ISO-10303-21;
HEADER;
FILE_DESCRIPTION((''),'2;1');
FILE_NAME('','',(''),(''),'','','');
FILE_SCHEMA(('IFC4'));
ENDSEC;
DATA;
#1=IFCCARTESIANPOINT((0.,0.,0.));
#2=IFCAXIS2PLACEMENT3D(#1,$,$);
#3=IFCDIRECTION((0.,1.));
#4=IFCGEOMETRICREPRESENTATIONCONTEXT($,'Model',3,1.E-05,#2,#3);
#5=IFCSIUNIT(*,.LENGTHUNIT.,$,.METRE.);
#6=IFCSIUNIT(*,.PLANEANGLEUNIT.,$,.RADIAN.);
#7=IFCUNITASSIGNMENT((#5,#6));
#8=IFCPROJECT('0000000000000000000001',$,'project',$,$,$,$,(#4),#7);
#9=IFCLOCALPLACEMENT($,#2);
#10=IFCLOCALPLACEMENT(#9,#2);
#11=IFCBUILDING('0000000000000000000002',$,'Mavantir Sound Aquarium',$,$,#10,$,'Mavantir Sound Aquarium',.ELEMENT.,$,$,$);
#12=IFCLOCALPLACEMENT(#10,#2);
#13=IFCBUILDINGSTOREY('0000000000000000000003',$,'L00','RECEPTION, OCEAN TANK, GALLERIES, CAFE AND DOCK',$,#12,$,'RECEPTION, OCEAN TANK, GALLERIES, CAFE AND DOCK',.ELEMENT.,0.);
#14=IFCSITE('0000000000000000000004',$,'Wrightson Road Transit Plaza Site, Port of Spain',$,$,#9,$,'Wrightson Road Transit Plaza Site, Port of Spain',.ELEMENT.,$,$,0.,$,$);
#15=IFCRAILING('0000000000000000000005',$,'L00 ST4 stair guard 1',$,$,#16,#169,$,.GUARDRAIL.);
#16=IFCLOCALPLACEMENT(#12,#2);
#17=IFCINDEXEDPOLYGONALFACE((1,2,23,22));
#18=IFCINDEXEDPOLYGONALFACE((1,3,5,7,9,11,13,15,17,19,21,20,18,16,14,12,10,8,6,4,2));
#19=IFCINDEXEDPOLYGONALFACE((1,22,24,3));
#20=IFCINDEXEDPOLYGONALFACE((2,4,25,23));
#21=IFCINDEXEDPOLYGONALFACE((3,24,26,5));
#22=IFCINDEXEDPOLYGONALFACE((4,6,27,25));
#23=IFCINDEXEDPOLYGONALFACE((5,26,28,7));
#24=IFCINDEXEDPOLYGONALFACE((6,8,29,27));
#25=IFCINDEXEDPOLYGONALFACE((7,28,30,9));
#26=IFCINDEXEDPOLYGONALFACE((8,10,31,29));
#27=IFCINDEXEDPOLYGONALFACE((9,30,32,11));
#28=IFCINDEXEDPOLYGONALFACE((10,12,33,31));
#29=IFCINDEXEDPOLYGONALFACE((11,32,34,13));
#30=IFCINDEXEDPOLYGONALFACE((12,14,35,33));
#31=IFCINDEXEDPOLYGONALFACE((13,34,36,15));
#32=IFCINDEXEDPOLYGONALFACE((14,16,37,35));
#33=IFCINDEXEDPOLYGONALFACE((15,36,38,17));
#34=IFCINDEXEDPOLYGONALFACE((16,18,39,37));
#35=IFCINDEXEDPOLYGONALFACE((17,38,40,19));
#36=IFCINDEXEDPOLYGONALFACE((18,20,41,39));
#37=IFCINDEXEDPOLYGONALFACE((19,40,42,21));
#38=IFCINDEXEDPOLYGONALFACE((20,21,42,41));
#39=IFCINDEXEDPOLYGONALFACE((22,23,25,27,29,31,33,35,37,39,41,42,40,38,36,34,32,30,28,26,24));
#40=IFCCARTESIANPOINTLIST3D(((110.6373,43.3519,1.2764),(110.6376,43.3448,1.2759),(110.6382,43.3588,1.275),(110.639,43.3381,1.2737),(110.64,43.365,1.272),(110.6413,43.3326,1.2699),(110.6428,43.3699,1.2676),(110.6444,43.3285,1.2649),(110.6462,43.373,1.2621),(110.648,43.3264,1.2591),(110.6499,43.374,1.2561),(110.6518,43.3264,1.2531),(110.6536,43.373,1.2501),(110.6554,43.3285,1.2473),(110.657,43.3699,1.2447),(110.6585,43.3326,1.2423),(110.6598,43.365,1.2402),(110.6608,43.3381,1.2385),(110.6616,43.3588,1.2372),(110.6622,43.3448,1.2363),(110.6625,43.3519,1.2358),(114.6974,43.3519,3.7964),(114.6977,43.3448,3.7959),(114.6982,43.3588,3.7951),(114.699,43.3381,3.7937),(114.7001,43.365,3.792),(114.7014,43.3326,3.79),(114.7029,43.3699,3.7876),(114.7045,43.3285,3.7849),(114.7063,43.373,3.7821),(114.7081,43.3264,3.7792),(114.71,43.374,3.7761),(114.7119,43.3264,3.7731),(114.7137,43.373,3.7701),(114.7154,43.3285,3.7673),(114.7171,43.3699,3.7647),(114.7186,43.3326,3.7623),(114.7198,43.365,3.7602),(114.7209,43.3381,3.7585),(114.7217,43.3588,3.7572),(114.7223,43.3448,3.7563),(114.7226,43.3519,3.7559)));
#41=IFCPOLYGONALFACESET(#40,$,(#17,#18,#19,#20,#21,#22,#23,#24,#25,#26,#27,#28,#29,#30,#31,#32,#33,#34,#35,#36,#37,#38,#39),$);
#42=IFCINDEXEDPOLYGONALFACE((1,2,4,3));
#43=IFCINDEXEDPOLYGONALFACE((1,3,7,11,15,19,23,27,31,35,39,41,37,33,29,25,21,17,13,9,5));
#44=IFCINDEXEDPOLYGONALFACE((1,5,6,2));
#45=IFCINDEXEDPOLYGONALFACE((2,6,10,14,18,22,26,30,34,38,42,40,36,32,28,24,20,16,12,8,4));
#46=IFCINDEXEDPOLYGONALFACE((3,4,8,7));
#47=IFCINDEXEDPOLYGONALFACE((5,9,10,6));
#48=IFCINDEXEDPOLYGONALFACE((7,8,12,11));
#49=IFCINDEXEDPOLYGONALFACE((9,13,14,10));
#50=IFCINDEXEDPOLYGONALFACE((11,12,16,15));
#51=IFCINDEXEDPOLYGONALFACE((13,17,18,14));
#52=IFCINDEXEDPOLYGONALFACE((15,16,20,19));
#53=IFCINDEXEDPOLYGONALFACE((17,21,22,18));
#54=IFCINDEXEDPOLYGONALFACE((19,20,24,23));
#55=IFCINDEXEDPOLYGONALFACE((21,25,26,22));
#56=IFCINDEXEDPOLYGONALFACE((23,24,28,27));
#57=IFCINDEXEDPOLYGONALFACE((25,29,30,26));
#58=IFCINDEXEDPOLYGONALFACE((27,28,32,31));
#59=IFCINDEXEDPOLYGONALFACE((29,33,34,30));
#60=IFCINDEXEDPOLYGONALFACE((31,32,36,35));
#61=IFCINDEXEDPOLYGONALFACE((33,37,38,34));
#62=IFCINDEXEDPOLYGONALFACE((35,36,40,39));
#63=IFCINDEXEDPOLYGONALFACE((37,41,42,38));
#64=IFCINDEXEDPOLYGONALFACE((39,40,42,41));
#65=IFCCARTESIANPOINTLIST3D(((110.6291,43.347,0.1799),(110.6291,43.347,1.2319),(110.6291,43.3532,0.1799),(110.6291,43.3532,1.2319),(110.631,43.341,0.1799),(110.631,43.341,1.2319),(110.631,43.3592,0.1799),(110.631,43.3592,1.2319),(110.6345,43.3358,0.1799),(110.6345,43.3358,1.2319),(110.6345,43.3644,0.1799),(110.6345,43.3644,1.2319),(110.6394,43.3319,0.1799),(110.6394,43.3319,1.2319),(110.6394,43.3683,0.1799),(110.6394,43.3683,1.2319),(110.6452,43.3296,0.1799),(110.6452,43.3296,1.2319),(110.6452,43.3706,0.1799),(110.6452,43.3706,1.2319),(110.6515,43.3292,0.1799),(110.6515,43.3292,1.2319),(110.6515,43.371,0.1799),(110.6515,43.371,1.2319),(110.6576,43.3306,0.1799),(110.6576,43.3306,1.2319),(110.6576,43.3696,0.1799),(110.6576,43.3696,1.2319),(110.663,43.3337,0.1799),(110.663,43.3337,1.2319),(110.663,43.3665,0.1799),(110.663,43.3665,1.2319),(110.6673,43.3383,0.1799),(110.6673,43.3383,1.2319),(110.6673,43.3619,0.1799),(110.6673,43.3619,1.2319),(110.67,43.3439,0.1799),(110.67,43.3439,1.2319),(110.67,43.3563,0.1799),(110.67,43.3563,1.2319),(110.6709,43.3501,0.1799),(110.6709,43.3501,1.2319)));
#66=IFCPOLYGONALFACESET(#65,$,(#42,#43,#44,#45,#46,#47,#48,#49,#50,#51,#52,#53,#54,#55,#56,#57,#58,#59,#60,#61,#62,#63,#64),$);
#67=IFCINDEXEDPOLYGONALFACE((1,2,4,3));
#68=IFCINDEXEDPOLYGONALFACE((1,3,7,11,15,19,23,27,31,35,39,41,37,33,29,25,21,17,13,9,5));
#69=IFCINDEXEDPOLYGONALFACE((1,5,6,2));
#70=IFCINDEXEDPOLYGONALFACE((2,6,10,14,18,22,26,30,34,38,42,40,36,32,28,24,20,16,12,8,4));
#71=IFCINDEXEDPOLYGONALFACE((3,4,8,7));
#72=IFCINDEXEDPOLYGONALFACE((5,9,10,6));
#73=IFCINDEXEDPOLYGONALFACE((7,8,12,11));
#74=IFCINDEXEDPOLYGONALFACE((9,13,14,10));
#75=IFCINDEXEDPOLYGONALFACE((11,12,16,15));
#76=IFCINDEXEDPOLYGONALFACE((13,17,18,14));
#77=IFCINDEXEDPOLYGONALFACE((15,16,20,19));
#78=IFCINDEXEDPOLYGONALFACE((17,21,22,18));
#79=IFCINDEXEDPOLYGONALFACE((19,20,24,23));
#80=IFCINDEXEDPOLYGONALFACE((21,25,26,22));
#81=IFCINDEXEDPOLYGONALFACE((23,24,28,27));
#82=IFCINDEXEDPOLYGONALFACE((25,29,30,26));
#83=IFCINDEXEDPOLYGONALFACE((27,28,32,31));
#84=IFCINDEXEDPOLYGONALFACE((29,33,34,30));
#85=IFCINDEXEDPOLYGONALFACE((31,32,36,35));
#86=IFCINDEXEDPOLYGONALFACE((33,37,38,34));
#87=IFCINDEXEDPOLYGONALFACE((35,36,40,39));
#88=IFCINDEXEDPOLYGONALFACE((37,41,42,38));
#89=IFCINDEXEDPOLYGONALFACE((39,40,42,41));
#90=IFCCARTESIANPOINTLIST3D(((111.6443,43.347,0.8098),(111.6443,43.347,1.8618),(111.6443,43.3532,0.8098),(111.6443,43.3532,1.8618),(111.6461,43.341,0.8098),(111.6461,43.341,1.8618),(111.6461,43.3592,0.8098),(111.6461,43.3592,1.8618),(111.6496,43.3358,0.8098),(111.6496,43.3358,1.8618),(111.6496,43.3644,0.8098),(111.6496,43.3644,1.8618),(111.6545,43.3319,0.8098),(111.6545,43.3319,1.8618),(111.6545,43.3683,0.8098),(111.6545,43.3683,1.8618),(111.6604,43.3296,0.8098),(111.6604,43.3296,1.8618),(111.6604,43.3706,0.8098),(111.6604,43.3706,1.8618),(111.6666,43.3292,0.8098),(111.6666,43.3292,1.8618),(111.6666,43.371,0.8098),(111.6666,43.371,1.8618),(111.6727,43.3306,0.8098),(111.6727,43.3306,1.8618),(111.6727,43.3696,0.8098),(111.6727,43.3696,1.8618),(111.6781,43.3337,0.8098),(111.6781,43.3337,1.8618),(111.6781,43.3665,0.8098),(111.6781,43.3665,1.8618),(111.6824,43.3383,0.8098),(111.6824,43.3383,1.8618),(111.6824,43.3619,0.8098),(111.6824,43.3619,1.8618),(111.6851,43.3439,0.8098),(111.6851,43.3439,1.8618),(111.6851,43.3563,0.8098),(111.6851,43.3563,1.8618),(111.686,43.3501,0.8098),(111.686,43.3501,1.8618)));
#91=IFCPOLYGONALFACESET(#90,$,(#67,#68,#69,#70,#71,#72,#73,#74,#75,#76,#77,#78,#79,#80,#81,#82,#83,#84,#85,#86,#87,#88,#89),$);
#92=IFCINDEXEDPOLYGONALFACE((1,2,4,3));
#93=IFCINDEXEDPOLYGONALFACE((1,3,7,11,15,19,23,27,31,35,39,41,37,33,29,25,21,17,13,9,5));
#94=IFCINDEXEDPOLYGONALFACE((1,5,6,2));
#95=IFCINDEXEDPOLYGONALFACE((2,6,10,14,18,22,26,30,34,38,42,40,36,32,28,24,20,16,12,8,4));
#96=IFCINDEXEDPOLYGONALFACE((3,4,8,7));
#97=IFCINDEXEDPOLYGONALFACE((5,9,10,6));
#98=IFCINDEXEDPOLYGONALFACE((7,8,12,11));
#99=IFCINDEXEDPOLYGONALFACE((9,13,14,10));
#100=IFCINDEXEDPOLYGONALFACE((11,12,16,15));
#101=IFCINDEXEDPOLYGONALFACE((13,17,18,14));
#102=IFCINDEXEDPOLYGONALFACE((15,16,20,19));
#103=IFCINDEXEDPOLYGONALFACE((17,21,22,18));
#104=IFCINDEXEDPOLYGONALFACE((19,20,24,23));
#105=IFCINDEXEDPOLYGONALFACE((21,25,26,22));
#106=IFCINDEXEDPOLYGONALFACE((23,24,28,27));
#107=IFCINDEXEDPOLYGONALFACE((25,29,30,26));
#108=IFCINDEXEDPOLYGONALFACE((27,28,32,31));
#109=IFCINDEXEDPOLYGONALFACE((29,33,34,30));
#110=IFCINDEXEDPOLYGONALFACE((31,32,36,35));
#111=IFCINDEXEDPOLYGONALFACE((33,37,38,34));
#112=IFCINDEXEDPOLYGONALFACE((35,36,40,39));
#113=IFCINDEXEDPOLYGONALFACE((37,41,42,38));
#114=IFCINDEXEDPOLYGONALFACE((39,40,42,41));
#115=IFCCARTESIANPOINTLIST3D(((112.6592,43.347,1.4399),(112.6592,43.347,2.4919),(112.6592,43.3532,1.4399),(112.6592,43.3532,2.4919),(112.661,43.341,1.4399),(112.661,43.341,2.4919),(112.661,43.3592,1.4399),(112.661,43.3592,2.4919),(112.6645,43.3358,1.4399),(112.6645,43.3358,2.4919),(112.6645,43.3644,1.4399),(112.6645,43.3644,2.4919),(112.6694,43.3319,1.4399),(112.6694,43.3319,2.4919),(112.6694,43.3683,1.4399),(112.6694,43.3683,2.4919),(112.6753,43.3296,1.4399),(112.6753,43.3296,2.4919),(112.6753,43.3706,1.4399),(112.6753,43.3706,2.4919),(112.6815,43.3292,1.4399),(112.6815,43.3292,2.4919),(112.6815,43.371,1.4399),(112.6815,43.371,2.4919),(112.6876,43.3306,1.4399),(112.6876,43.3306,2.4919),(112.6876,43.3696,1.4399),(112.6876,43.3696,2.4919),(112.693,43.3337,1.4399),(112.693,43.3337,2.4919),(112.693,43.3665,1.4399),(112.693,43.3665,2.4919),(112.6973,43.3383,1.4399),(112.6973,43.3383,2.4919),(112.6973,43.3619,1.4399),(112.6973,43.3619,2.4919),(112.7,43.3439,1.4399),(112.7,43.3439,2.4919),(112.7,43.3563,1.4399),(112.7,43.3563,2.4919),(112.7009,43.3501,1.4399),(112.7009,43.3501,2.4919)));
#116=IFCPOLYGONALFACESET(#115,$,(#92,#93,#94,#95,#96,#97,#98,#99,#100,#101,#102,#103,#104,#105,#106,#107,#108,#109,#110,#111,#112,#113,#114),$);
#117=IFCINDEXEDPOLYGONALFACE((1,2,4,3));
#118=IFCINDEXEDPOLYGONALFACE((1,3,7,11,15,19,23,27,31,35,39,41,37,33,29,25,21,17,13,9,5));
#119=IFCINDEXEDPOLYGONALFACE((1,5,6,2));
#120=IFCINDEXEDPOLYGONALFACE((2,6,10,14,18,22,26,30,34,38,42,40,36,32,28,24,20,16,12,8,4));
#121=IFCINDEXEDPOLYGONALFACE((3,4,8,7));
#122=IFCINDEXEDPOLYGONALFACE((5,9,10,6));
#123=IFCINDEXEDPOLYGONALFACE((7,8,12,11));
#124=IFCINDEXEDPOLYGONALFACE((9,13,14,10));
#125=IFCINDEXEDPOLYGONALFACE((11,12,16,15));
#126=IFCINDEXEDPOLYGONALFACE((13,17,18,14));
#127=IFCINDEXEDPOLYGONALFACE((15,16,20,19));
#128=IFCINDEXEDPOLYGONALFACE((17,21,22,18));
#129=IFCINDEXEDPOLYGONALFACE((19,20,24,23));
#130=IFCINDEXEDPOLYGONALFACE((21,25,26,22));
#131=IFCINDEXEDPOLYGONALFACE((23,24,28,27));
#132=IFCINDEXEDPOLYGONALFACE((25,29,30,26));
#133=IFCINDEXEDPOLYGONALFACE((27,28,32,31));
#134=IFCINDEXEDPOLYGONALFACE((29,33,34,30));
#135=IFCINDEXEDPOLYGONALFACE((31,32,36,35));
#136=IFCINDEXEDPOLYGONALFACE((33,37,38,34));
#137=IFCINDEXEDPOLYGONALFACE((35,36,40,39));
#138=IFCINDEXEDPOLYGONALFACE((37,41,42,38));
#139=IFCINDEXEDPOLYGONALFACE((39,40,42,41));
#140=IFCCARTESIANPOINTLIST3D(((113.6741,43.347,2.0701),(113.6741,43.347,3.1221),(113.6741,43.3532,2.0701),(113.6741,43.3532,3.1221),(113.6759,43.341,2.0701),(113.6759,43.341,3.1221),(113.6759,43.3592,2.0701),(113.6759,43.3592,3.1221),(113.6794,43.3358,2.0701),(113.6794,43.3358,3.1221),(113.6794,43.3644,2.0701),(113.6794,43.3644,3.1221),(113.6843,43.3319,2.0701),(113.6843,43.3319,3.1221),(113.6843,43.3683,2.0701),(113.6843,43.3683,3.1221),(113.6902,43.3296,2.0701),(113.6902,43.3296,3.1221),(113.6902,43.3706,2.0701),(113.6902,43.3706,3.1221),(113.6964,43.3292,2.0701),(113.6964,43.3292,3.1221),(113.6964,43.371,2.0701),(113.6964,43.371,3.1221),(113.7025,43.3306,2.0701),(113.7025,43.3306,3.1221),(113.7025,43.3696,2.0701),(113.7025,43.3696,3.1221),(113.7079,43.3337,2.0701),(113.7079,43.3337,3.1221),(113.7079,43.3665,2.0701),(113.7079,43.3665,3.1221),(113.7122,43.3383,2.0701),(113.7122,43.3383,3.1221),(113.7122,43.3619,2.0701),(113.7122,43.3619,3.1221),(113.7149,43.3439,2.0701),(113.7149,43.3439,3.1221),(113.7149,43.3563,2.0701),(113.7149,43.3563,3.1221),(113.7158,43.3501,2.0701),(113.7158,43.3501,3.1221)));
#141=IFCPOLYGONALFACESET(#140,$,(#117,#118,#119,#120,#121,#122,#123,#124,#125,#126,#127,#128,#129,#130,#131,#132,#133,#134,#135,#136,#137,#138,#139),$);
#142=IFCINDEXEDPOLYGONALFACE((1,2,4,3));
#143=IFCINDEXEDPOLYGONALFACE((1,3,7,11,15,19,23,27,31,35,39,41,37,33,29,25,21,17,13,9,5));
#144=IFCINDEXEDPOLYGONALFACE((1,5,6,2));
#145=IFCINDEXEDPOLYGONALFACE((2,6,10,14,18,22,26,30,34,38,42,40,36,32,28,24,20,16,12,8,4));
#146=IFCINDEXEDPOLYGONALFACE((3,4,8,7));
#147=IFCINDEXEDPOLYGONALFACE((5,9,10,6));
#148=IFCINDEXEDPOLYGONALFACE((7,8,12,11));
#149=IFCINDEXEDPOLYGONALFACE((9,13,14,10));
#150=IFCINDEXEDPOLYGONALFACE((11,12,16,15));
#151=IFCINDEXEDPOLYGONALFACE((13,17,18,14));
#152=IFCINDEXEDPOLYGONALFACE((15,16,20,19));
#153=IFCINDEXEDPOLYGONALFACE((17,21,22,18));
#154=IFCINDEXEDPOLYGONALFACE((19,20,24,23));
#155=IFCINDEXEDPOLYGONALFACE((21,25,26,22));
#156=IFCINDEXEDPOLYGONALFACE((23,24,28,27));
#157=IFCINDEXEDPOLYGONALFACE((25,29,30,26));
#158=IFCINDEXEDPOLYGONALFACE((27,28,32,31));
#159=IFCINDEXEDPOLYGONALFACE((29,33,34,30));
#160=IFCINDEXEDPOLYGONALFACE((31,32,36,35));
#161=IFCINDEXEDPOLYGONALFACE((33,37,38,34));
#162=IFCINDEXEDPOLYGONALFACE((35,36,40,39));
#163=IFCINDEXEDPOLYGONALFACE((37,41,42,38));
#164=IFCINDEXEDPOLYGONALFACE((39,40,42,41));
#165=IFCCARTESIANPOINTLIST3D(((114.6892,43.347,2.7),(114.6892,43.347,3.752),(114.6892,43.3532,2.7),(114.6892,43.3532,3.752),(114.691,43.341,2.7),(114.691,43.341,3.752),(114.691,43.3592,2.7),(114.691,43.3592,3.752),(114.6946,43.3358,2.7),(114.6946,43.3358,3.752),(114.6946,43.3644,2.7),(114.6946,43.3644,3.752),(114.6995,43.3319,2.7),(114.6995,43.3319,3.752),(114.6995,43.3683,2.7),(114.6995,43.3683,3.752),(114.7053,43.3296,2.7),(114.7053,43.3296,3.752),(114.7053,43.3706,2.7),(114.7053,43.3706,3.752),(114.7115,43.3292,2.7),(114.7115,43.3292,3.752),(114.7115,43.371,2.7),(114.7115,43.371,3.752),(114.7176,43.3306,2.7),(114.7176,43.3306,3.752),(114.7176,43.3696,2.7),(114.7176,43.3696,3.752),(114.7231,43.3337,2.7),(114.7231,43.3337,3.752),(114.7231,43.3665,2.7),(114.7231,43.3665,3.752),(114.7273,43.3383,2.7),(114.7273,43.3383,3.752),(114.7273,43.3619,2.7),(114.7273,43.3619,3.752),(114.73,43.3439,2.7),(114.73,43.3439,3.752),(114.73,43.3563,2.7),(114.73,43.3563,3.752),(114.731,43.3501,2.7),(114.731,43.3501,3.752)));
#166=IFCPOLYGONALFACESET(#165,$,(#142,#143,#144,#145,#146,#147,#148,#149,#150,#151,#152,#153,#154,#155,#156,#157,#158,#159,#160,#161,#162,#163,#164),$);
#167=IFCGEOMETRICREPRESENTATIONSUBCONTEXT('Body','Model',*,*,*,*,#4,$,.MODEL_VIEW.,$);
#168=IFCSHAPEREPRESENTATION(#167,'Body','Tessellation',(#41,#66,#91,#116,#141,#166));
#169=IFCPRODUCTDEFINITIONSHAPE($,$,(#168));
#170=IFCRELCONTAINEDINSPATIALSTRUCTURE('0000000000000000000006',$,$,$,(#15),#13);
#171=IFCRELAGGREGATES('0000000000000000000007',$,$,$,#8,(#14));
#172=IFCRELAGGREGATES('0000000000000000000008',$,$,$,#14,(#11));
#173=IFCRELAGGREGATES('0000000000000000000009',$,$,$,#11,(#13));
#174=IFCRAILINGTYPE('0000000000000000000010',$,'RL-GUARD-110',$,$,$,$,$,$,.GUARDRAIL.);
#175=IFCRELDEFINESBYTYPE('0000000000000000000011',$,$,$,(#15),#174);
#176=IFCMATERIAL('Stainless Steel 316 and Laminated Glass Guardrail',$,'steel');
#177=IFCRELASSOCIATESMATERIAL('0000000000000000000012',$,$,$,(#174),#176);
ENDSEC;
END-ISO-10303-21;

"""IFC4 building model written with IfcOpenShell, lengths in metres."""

from ifc_helpers import new_model, si_unit, direction, frame, origin, origin_2d, place, context, subcontext, project, spatial, circle, extrude, material, type_object, element, save


model = new_model("IFC4")

# Units and contexts
model_context = context("Model", 3, precision=1e-05, world=origin(), true_north=direction((0.0, 1.0)))
body_context = subcontext(model_context, "Body", "Model", "MODEL_VIEW")
ifc_project = project(units=[si_unit("LENGTHUNIT", "METRE"), si_unit("PLANEANGLEUNIT", "RADIAN")], contexts=[model_context])

# Site, building, storey
site_placement = place(None, origin())
site = spatial("IfcSite", under=ifc_project, at=site_placement, Name="Wrightson Road Transit Plaza Site, Port of Spain", LongName="Wrightson Road Transit Plaza Site, Port of Spain", CompositionType="ELEMENT", RefElevation=0.0)
building_placement = place(site_placement, origin())
building = spatial("IfcBuilding", under=site, at=building_placement, Name="Mavantir Sound Aquarium", LongName="Mavantir Sound Aquarium", CompositionType="ELEMENT")
storey_placement = place(building_placement, origin())
storey = spatial("IfcBuildingStorey", under=building, at=storey_placement, Name="L00", Description="RECEPTION, OCEAN TANK, GALLERIES, CAFE AND DOCK", LongName="RECEPTION, OCEAN TANK, GALLERIES, CAFE AND DOCK", CompositionType="ELEMENT", Elevation=0.0)

# Railing
ifc_material_1 = material(Name="Stainless Steel 316 and Laminated Glass Guardrail", Category="steel")
railing_type_1 = type_object("IfcRailingType", Name="RL-GUARD-110", PredefinedType="GUARDRAIL", material=ifc_material_1)
railing_1_placement = place(storey_placement, frame((110.6499, 43.3501, 0.1799)))
element("IfcRailing", 1, at=railing_1_placement, inside=storey, type_object=railing_type_1, Name="L00 ST4 stair guard 1", PredefinedType="GUARDRAIL", context=body_context, shape_type="SweptSolid", body=[
    extrude(circle(Radius=0.0239, at=origin_2d()), frame((0.0, 0.0, 1.0762), z_axis=(0.849642, 0.0, 0.52736), x_axis=(0.0, 1.0, 0.0)), (0.0, 0.0, 1.0), 4.7786),
    extrude(circle(Radius=0.021, at=origin_2d()), origin(), (0.0, 0.0, 1.0), 1.052),
    extrude(circle(Radius=0.021, at=origin_2d()), frame((1.0151, 0.0, 0.6299)), (0.0, 0.0, 1.0), 1.052),
    extrude(circle(Radius=0.021, at=origin_2d()), frame((2.03, 0.0, 1.26)), (0.0, 0.0, 1.0), 1.052),
    extrude(circle(Radius=0.021, at=origin_2d()), frame((3.0449, 0.0, 1.8901)), (0.0, 0.0, 1.0), 1.052),
    extrude(circle(Radius=0.021, at=origin_2d()), frame((4.0601, 0.0, 2.52)), (0.0, 0.0, 1.0), 1.052),
])

save(model, "model.ifc")
